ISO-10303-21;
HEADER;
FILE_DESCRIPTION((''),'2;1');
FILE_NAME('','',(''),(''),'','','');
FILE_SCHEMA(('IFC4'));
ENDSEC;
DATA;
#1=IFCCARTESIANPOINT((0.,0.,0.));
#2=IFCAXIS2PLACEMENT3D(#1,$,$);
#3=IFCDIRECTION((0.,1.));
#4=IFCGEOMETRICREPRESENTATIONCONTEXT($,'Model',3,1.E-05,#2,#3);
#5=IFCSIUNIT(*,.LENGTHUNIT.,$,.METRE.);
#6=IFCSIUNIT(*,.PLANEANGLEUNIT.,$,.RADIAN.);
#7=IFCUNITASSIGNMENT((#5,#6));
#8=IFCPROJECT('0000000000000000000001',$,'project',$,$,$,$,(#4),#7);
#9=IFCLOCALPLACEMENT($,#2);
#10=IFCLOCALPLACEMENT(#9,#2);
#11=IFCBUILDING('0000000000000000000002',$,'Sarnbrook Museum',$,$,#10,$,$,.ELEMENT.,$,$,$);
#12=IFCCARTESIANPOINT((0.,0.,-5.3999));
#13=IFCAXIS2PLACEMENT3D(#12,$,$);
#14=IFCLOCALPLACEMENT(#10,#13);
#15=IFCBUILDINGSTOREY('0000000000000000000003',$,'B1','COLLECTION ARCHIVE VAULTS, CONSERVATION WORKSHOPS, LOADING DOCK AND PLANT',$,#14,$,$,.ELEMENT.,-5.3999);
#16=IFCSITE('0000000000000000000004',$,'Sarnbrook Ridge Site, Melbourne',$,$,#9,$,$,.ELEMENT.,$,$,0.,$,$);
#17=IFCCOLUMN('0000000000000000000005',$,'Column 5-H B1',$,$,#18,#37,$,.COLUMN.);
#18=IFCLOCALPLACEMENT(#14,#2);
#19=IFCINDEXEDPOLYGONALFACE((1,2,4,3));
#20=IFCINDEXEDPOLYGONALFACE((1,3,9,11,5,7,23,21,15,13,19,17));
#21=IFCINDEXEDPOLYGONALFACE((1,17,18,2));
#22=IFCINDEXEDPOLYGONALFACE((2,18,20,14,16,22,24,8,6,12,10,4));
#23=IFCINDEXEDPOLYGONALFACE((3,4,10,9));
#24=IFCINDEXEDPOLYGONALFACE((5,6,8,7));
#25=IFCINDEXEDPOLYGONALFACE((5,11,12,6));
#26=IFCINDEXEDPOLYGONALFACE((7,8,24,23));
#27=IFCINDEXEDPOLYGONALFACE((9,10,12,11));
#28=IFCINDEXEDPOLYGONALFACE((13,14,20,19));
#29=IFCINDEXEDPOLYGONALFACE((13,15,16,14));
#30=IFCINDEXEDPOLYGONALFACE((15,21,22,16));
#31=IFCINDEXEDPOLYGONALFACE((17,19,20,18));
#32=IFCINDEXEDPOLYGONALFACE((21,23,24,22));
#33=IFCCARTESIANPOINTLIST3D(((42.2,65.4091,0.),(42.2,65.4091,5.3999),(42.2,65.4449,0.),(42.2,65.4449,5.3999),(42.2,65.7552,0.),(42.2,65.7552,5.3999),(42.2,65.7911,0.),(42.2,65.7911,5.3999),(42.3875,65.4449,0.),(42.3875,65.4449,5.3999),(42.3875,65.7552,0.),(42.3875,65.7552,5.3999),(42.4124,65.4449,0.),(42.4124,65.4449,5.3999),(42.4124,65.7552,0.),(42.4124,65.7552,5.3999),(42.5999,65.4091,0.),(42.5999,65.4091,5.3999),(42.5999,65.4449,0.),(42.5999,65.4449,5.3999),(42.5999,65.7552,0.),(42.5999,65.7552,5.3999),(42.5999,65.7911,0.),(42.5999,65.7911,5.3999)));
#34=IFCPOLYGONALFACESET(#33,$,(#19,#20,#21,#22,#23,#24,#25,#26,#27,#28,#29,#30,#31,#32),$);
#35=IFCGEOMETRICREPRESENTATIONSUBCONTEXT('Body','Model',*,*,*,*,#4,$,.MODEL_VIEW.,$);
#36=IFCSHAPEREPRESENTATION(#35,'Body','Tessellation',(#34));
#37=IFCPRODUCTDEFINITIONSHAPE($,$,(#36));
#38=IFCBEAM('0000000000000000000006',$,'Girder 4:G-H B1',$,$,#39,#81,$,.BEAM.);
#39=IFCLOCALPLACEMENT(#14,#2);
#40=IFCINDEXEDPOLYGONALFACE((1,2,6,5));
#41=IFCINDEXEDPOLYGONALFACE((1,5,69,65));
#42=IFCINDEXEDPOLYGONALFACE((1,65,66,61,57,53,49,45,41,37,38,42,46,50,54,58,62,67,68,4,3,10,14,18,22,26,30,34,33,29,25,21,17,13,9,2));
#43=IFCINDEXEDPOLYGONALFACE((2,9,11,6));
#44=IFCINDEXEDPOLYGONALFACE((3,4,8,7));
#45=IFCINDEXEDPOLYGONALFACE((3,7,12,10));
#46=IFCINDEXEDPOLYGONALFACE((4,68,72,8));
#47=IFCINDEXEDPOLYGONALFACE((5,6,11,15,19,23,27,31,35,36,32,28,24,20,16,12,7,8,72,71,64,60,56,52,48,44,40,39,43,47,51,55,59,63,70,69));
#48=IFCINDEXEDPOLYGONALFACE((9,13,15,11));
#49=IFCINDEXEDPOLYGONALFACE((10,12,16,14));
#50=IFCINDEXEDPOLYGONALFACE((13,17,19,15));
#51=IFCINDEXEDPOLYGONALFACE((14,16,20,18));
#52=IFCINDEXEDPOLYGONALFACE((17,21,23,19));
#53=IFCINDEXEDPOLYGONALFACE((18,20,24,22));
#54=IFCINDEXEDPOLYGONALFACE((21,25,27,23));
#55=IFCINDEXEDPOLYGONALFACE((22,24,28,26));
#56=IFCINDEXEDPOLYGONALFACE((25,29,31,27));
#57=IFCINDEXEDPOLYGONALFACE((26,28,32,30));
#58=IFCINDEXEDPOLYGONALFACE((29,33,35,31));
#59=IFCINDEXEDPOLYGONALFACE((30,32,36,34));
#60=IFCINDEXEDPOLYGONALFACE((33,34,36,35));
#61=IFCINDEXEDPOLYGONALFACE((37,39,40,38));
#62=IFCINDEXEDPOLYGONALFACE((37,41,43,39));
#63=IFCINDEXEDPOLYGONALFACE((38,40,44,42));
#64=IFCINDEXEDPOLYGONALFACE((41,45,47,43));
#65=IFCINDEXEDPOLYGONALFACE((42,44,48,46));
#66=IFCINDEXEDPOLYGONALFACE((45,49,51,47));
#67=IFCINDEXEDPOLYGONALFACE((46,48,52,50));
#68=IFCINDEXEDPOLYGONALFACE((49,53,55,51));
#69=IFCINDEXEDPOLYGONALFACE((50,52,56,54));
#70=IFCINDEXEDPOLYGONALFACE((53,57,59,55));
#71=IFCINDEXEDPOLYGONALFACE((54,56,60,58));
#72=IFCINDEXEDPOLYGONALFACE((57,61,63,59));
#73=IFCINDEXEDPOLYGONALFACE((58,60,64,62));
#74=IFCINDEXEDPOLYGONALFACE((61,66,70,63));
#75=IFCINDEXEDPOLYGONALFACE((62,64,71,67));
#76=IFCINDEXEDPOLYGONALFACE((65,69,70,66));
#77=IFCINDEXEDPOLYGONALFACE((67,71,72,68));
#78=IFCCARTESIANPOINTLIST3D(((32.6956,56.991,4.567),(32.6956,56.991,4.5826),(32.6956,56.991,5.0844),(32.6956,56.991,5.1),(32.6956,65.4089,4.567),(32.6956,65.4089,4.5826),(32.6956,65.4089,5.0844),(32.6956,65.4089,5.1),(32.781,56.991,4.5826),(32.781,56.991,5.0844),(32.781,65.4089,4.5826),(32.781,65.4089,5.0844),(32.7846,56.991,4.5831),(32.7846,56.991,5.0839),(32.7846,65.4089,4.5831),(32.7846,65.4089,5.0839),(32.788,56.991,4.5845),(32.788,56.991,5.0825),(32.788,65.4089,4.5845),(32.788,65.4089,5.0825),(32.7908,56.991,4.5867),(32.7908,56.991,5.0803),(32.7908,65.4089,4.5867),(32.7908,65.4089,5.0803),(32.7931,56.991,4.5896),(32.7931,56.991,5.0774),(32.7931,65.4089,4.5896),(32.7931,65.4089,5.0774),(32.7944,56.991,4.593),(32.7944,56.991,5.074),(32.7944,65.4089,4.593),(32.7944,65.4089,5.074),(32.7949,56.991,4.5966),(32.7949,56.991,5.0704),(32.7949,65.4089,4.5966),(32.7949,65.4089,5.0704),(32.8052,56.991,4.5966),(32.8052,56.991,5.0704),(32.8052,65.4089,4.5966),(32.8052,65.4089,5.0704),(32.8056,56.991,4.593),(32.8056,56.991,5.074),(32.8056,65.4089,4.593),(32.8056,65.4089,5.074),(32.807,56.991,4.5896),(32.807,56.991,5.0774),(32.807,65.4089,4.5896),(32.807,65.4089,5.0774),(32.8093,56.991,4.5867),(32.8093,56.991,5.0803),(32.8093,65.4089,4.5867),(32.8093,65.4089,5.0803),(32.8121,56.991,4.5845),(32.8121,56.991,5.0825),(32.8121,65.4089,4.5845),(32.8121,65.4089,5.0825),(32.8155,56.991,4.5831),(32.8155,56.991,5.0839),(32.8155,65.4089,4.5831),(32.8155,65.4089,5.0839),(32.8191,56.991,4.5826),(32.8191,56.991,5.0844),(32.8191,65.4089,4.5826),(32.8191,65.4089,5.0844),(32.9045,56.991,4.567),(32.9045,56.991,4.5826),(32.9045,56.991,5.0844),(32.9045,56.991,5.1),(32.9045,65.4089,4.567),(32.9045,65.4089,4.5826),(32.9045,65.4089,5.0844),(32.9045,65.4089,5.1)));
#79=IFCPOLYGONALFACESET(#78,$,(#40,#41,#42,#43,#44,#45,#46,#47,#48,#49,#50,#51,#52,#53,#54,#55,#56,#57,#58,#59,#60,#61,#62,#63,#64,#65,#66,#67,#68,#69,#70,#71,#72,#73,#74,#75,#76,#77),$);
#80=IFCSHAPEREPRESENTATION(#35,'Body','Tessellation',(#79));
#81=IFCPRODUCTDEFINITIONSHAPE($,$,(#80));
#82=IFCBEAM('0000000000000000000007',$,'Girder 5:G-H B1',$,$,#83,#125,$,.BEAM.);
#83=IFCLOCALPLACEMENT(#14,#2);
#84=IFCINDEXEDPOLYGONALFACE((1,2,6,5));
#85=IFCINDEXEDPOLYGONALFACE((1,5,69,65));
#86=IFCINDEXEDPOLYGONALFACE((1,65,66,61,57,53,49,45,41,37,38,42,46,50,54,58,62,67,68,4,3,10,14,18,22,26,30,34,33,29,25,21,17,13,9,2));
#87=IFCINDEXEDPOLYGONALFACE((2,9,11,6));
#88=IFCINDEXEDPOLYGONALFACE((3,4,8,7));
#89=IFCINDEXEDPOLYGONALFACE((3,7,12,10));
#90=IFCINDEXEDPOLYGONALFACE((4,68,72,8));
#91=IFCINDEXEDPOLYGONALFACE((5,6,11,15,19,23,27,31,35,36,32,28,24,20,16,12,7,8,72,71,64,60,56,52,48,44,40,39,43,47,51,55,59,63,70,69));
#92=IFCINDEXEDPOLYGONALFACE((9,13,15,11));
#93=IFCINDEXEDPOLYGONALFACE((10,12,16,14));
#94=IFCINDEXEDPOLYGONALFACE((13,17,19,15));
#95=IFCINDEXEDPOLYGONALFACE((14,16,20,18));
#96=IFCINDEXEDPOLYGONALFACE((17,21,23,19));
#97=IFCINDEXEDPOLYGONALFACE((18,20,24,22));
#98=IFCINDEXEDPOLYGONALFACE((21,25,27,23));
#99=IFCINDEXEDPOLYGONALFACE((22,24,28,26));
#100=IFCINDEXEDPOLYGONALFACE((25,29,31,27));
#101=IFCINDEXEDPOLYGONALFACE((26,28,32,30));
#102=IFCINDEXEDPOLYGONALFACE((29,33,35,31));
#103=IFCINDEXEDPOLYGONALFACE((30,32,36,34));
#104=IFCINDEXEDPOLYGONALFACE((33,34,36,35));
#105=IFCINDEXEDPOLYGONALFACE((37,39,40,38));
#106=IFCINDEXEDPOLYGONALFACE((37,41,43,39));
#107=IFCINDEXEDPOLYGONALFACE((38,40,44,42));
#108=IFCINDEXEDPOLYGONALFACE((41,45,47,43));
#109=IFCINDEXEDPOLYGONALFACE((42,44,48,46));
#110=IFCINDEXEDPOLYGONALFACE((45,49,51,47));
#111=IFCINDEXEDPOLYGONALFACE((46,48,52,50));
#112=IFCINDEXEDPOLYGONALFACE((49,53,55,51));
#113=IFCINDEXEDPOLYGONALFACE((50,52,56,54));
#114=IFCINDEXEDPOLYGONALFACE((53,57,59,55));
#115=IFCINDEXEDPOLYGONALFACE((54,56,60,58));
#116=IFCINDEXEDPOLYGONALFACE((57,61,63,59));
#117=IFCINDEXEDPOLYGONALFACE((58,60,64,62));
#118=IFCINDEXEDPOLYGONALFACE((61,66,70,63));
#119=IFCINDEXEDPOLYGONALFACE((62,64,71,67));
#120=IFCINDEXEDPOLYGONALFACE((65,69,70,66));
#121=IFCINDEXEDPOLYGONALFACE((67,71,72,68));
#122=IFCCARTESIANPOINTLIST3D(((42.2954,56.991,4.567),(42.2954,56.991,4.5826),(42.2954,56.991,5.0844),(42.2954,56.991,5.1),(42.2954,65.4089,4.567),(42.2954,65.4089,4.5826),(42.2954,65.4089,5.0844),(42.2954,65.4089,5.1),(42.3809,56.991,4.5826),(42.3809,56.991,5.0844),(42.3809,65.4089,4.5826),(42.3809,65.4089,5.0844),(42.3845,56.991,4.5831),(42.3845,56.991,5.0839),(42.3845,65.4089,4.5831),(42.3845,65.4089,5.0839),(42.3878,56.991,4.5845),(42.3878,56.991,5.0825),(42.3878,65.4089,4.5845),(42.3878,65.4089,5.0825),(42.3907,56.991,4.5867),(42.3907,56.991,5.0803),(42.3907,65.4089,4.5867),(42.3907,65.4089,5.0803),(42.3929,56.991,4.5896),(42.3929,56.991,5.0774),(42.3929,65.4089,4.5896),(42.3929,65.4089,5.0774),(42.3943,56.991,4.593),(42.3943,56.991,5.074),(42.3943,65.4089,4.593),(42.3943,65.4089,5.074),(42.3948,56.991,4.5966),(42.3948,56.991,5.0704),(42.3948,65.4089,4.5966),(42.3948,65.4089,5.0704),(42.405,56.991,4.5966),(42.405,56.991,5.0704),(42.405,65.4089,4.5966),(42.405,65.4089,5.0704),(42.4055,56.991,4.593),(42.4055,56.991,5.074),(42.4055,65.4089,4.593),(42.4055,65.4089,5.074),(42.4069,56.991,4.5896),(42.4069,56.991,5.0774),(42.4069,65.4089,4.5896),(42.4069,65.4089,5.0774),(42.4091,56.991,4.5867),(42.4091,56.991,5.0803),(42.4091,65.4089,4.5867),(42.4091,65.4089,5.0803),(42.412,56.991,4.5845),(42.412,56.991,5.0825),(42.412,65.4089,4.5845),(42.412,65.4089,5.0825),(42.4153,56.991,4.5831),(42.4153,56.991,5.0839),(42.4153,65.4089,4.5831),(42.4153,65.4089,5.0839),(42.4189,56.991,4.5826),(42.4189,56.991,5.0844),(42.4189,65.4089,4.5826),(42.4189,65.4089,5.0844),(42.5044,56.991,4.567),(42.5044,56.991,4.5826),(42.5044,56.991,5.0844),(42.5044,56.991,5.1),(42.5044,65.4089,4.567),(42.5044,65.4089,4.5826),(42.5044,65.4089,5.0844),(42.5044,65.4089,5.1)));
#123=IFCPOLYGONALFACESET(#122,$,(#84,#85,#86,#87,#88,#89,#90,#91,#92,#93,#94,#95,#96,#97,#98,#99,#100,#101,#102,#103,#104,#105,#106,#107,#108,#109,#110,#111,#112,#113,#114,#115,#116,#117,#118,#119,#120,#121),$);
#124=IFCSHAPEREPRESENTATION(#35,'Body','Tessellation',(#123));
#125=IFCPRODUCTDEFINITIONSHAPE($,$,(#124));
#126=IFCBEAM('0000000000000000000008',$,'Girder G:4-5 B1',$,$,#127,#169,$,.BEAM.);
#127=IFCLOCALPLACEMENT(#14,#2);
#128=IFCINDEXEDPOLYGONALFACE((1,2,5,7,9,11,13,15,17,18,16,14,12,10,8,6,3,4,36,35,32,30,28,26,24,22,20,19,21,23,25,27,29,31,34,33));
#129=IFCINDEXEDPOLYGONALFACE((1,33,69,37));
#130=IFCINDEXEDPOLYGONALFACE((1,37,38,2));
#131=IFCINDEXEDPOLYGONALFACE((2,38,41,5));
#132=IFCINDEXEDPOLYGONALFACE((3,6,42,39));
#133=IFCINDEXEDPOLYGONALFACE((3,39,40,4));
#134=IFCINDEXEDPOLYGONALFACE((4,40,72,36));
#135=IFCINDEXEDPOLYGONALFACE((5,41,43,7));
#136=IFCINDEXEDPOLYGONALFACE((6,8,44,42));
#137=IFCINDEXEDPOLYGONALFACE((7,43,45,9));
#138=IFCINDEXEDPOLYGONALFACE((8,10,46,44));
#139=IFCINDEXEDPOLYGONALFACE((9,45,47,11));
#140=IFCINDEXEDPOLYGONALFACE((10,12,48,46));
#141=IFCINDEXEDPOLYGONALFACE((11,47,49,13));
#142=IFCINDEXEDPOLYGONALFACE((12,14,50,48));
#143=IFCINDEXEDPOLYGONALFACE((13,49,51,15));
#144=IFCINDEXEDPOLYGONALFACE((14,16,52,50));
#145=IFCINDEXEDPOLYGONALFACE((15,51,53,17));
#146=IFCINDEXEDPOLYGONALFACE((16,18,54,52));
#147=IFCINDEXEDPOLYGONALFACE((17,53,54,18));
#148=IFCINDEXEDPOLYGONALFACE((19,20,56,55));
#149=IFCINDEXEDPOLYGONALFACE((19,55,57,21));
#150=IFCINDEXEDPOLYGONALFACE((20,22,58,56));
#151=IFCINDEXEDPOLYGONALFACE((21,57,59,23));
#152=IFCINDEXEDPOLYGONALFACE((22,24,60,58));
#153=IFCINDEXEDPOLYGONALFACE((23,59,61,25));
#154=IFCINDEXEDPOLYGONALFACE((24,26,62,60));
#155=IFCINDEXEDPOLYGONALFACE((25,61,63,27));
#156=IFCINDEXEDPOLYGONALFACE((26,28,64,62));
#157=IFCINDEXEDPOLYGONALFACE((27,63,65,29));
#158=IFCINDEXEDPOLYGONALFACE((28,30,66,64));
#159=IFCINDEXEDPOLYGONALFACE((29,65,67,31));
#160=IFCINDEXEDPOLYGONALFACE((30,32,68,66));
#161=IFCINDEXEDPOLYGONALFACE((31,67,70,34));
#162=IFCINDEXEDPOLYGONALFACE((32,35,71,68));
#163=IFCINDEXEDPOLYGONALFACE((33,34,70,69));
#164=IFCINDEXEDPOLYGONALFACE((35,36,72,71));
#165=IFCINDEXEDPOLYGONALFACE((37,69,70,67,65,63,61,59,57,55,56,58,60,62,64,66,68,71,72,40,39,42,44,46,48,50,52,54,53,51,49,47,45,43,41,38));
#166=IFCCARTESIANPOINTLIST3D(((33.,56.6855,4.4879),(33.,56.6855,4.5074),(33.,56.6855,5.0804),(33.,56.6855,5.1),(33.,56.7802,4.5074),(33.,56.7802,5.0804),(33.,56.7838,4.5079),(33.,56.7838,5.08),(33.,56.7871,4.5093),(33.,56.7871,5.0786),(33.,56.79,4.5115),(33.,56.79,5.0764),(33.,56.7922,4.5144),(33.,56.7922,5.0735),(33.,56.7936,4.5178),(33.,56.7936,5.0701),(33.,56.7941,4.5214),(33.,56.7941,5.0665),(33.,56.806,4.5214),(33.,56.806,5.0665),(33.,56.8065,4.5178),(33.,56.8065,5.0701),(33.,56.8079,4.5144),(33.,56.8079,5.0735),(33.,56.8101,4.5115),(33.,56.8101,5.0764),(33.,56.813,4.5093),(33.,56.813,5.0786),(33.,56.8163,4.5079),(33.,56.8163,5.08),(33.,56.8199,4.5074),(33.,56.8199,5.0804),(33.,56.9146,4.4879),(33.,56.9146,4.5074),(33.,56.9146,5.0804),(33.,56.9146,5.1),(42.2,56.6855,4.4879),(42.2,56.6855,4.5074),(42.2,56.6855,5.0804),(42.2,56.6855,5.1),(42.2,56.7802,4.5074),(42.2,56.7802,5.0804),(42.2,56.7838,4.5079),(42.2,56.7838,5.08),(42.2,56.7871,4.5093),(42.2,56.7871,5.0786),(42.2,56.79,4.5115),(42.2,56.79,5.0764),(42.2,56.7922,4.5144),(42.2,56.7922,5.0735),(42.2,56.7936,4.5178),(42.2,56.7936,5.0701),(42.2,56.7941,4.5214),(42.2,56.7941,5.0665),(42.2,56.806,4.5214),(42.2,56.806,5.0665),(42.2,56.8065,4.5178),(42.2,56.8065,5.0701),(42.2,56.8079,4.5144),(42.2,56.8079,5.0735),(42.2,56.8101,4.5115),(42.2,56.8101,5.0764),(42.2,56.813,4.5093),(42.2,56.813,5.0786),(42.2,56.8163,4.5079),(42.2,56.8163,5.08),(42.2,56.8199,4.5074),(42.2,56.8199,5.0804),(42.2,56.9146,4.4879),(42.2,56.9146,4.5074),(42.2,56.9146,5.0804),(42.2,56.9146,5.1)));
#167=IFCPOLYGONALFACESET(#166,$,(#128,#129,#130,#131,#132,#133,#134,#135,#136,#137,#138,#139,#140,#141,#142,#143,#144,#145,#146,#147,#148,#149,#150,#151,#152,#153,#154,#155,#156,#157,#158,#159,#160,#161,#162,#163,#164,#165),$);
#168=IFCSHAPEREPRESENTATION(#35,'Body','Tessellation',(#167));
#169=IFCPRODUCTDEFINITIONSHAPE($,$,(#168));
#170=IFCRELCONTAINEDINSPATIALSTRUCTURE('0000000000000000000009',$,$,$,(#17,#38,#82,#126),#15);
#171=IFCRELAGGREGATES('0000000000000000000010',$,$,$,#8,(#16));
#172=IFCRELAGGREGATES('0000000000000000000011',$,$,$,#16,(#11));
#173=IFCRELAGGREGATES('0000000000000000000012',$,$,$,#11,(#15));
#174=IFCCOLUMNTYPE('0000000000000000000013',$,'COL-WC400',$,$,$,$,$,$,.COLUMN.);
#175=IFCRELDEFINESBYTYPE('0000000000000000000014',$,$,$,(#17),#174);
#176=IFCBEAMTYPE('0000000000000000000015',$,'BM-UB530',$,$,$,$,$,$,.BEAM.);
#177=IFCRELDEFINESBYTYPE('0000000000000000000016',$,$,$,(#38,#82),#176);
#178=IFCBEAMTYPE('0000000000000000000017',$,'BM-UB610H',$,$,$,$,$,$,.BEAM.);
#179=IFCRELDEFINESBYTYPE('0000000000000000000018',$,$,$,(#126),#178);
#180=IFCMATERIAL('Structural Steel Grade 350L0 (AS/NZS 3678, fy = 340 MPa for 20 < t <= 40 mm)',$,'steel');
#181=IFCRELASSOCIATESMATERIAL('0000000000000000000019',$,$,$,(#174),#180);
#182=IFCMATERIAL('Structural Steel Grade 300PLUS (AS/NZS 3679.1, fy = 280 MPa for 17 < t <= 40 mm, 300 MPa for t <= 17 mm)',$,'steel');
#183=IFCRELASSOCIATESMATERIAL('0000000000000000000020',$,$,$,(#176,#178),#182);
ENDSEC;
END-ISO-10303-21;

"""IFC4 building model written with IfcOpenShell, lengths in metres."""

from ifc_helpers import new_model, si_unit, direction, frame, origin, origin_2d, place, context, subcontext, project, spatial, i_section, extrude, material, material_profile, profile_set, type_object, element, save


model = new_model("IFC4")

# Units and contexts
model_context = context("Model", 3, precision=1e-05, world=origin(), true_north=direction((0.0, 1.0)))
body_context = subcontext(model_context, "Body", "Model", "MODEL_VIEW")
ifc_project = project(units=[si_unit("LENGTHUNIT", "METRE"), si_unit("PLANEANGLEUNIT", "RADIAN")], contexts=[model_context])

# Site, building, storey
site_placement = place(None, origin())
site = spatial("IfcSite", under=ifc_project, at=site_placement, Name="Sarnbrook Ridge Site, Melbourne", CompositionType="ELEMENT", RefElevation=0.0)
building_placement = place(site_placement, origin())
building = spatial("IfcBuilding", under=site, at=building_placement, Name="Sarnbrook Museum", CompositionType="ELEMENT")
storey_placement = place(building_placement, frame((0.0, 0.0, -5.3999)))
storey = spatial("IfcBuildingStorey", under=building, at=storey_placement, Name="B1", Description="COLLECTION ARCHIVE VAULTS, CONSERVATION WORKSHOPS, LOADING DOCK AND PLANT", CompositionType="ELEMENT", Elevation=-5.3999)

# Column
ifc_material_1 = material(Name="Structural Steel Grade 350L0 (AS/NZS 3678, fy = 340 MPa for 20 < t <= 40 mm)", Category="steel")
ifc_material_profile_1 = material_profile(ifc_material_1, i_section(OverallWidth=0.3999, OverallDepth=0.3821, WebThickness=0.0249, FlangeThickness=0.0359, at=origin_2d()), Name="400WC270")
ifc_profile_set_1 = profile_set([ifc_material_profile_1], Name="Structural Steel Grade 350L0 (AS/NZS 3678, fy = 340 MPa for 20 < t <= 40 mm)")
column_type = type_object("IfcColumnType", Name="COL-WC400", PredefinedType="COLUMN", material=ifc_profile_set_1)
for number, where, z_axis, x_axis, name in (
    (1, (42.3999, 65.6001, 0.0), (0.0, 0.0, 1.0), (1.0, 0.0, 0.0), "Column 5-H B1"),
):
    element("IfcColumn", number, at=place(storey_placement, frame(where, z_axis=z_axis, x_axis=x_axis)), inside=storey, type_object=column_type, Name=name, PredefinedType="COLUMN", context=body_context, shape_type="SweptSolid", body=[
        extrude(i_section(OverallWidth=0.3999, OverallDepth=0.3821, WebThickness=0.0249, FlangeThickness=0.0359, at=origin_2d()), origin(), (0.0, 0.0, 1.0), 5.3999),
    ])

# Beams
ifc_material_2 = material(Name="Structural Steel Grade 300PLUS (AS/NZS 3679.1, fy = 280 MPa for 17 < t <= 40 mm, 300 MPa for t <= 17 mm)", Category="steel")
ifc_material_profile_2 = material_profile(ifc_material_2, i_section(OverallWidth=0.209, OverallDepth=0.533, WebThickness=0.0103, FlangeThickness=0.0156, FilletRadius=0.0139, at=origin_2d()), Name="530UB92.4")
ifc_profile_set_2 = profile_set([ifc_material_profile_2], Name="Structural Steel Grade 300PLUS (AS/NZS 3679.1, fy = 280 MPa for 17 < t <= 40 mm, 300 MPa for t <= 17 mm)")
beam_type_1 = type_object("IfcBeamType", Name="BM-UB530", PredefinedType="BEAM", material=ifc_profile_set_2)
for number, where, z_axis, x_axis, name in (
    (2, (32.8, 56.991, 4.8335), (0.0, 1.0, 0.0), (-1.0, 0.0, 0.0), "Girder 4:G-H B1"),
    (3, (42.3999, 56.991, 4.8335), (0.0, 1.0, 0.0), (-1.0, 0.0, 0.0), "Girder 5:G-H B1"),
):
    element("IfcBeam", number, at=place(storey_placement, frame(where, z_axis=z_axis, x_axis=x_axis)), inside=storey, type_object=beam_type_1, Name=name, PredefinedType="BEAM", context=body_context, shape_type="SweptSolid", body=[
        extrude(i_section(OverallWidth=0.209, OverallDepth=0.533, WebThickness=0.0103, FlangeThickness=0.0156, FilletRadius=0.0139, at=origin_2d()), origin(), (0.0, 0.0, 1.0), 8.418),
    ])
ifc_material_profile_3 = material_profile(ifc_material_2, i_section(OverallWidth=0.229, OverallDepth=0.6121, WebThickness=0.012, FlangeThickness=0.0195, FilletRadius=0.0139, at=origin_2d()), Name="610UB125")
ifc_profile_set_3 = profile_set([ifc_material_profile_3], Name="Structural Steel Grade 300PLUS (AS/NZS 3679.1, fy = 280 MPa for 17 < t <= 40 mm, 300 MPa for t <= 17 mm)")
beam_type_2 = type_object("IfcBeamType", Name="BM-UB610H", PredefinedType="BEAM", material=ifc_profile_set_3)
for number, where, z_axis, x_axis, name in (
    (4, (33.0, 56.8, 4.7939), (1.0, 0.0, 0.0), (0.0, 1.0, 0.0), "Girder G:4-5 B1"),
):
    element("IfcBeam", number, at=place(storey_placement, frame(where, z_axis=z_axis, x_axis=x_axis)), inside=storey, type_object=beam_type_2, Name=name, PredefinedType="BEAM", context=body_context, shape_type="SweptSolid", body=[
        extrude(i_section(OverallWidth=0.229, OverallDepth=0.6121, WebThickness=0.012, FlangeThickness=0.0195, FilletRadius=0.0139, at=origin_2d()), origin(), (0.0, 0.0, 1.0), 9.2),
    ])

save(model, "model.ifc")
